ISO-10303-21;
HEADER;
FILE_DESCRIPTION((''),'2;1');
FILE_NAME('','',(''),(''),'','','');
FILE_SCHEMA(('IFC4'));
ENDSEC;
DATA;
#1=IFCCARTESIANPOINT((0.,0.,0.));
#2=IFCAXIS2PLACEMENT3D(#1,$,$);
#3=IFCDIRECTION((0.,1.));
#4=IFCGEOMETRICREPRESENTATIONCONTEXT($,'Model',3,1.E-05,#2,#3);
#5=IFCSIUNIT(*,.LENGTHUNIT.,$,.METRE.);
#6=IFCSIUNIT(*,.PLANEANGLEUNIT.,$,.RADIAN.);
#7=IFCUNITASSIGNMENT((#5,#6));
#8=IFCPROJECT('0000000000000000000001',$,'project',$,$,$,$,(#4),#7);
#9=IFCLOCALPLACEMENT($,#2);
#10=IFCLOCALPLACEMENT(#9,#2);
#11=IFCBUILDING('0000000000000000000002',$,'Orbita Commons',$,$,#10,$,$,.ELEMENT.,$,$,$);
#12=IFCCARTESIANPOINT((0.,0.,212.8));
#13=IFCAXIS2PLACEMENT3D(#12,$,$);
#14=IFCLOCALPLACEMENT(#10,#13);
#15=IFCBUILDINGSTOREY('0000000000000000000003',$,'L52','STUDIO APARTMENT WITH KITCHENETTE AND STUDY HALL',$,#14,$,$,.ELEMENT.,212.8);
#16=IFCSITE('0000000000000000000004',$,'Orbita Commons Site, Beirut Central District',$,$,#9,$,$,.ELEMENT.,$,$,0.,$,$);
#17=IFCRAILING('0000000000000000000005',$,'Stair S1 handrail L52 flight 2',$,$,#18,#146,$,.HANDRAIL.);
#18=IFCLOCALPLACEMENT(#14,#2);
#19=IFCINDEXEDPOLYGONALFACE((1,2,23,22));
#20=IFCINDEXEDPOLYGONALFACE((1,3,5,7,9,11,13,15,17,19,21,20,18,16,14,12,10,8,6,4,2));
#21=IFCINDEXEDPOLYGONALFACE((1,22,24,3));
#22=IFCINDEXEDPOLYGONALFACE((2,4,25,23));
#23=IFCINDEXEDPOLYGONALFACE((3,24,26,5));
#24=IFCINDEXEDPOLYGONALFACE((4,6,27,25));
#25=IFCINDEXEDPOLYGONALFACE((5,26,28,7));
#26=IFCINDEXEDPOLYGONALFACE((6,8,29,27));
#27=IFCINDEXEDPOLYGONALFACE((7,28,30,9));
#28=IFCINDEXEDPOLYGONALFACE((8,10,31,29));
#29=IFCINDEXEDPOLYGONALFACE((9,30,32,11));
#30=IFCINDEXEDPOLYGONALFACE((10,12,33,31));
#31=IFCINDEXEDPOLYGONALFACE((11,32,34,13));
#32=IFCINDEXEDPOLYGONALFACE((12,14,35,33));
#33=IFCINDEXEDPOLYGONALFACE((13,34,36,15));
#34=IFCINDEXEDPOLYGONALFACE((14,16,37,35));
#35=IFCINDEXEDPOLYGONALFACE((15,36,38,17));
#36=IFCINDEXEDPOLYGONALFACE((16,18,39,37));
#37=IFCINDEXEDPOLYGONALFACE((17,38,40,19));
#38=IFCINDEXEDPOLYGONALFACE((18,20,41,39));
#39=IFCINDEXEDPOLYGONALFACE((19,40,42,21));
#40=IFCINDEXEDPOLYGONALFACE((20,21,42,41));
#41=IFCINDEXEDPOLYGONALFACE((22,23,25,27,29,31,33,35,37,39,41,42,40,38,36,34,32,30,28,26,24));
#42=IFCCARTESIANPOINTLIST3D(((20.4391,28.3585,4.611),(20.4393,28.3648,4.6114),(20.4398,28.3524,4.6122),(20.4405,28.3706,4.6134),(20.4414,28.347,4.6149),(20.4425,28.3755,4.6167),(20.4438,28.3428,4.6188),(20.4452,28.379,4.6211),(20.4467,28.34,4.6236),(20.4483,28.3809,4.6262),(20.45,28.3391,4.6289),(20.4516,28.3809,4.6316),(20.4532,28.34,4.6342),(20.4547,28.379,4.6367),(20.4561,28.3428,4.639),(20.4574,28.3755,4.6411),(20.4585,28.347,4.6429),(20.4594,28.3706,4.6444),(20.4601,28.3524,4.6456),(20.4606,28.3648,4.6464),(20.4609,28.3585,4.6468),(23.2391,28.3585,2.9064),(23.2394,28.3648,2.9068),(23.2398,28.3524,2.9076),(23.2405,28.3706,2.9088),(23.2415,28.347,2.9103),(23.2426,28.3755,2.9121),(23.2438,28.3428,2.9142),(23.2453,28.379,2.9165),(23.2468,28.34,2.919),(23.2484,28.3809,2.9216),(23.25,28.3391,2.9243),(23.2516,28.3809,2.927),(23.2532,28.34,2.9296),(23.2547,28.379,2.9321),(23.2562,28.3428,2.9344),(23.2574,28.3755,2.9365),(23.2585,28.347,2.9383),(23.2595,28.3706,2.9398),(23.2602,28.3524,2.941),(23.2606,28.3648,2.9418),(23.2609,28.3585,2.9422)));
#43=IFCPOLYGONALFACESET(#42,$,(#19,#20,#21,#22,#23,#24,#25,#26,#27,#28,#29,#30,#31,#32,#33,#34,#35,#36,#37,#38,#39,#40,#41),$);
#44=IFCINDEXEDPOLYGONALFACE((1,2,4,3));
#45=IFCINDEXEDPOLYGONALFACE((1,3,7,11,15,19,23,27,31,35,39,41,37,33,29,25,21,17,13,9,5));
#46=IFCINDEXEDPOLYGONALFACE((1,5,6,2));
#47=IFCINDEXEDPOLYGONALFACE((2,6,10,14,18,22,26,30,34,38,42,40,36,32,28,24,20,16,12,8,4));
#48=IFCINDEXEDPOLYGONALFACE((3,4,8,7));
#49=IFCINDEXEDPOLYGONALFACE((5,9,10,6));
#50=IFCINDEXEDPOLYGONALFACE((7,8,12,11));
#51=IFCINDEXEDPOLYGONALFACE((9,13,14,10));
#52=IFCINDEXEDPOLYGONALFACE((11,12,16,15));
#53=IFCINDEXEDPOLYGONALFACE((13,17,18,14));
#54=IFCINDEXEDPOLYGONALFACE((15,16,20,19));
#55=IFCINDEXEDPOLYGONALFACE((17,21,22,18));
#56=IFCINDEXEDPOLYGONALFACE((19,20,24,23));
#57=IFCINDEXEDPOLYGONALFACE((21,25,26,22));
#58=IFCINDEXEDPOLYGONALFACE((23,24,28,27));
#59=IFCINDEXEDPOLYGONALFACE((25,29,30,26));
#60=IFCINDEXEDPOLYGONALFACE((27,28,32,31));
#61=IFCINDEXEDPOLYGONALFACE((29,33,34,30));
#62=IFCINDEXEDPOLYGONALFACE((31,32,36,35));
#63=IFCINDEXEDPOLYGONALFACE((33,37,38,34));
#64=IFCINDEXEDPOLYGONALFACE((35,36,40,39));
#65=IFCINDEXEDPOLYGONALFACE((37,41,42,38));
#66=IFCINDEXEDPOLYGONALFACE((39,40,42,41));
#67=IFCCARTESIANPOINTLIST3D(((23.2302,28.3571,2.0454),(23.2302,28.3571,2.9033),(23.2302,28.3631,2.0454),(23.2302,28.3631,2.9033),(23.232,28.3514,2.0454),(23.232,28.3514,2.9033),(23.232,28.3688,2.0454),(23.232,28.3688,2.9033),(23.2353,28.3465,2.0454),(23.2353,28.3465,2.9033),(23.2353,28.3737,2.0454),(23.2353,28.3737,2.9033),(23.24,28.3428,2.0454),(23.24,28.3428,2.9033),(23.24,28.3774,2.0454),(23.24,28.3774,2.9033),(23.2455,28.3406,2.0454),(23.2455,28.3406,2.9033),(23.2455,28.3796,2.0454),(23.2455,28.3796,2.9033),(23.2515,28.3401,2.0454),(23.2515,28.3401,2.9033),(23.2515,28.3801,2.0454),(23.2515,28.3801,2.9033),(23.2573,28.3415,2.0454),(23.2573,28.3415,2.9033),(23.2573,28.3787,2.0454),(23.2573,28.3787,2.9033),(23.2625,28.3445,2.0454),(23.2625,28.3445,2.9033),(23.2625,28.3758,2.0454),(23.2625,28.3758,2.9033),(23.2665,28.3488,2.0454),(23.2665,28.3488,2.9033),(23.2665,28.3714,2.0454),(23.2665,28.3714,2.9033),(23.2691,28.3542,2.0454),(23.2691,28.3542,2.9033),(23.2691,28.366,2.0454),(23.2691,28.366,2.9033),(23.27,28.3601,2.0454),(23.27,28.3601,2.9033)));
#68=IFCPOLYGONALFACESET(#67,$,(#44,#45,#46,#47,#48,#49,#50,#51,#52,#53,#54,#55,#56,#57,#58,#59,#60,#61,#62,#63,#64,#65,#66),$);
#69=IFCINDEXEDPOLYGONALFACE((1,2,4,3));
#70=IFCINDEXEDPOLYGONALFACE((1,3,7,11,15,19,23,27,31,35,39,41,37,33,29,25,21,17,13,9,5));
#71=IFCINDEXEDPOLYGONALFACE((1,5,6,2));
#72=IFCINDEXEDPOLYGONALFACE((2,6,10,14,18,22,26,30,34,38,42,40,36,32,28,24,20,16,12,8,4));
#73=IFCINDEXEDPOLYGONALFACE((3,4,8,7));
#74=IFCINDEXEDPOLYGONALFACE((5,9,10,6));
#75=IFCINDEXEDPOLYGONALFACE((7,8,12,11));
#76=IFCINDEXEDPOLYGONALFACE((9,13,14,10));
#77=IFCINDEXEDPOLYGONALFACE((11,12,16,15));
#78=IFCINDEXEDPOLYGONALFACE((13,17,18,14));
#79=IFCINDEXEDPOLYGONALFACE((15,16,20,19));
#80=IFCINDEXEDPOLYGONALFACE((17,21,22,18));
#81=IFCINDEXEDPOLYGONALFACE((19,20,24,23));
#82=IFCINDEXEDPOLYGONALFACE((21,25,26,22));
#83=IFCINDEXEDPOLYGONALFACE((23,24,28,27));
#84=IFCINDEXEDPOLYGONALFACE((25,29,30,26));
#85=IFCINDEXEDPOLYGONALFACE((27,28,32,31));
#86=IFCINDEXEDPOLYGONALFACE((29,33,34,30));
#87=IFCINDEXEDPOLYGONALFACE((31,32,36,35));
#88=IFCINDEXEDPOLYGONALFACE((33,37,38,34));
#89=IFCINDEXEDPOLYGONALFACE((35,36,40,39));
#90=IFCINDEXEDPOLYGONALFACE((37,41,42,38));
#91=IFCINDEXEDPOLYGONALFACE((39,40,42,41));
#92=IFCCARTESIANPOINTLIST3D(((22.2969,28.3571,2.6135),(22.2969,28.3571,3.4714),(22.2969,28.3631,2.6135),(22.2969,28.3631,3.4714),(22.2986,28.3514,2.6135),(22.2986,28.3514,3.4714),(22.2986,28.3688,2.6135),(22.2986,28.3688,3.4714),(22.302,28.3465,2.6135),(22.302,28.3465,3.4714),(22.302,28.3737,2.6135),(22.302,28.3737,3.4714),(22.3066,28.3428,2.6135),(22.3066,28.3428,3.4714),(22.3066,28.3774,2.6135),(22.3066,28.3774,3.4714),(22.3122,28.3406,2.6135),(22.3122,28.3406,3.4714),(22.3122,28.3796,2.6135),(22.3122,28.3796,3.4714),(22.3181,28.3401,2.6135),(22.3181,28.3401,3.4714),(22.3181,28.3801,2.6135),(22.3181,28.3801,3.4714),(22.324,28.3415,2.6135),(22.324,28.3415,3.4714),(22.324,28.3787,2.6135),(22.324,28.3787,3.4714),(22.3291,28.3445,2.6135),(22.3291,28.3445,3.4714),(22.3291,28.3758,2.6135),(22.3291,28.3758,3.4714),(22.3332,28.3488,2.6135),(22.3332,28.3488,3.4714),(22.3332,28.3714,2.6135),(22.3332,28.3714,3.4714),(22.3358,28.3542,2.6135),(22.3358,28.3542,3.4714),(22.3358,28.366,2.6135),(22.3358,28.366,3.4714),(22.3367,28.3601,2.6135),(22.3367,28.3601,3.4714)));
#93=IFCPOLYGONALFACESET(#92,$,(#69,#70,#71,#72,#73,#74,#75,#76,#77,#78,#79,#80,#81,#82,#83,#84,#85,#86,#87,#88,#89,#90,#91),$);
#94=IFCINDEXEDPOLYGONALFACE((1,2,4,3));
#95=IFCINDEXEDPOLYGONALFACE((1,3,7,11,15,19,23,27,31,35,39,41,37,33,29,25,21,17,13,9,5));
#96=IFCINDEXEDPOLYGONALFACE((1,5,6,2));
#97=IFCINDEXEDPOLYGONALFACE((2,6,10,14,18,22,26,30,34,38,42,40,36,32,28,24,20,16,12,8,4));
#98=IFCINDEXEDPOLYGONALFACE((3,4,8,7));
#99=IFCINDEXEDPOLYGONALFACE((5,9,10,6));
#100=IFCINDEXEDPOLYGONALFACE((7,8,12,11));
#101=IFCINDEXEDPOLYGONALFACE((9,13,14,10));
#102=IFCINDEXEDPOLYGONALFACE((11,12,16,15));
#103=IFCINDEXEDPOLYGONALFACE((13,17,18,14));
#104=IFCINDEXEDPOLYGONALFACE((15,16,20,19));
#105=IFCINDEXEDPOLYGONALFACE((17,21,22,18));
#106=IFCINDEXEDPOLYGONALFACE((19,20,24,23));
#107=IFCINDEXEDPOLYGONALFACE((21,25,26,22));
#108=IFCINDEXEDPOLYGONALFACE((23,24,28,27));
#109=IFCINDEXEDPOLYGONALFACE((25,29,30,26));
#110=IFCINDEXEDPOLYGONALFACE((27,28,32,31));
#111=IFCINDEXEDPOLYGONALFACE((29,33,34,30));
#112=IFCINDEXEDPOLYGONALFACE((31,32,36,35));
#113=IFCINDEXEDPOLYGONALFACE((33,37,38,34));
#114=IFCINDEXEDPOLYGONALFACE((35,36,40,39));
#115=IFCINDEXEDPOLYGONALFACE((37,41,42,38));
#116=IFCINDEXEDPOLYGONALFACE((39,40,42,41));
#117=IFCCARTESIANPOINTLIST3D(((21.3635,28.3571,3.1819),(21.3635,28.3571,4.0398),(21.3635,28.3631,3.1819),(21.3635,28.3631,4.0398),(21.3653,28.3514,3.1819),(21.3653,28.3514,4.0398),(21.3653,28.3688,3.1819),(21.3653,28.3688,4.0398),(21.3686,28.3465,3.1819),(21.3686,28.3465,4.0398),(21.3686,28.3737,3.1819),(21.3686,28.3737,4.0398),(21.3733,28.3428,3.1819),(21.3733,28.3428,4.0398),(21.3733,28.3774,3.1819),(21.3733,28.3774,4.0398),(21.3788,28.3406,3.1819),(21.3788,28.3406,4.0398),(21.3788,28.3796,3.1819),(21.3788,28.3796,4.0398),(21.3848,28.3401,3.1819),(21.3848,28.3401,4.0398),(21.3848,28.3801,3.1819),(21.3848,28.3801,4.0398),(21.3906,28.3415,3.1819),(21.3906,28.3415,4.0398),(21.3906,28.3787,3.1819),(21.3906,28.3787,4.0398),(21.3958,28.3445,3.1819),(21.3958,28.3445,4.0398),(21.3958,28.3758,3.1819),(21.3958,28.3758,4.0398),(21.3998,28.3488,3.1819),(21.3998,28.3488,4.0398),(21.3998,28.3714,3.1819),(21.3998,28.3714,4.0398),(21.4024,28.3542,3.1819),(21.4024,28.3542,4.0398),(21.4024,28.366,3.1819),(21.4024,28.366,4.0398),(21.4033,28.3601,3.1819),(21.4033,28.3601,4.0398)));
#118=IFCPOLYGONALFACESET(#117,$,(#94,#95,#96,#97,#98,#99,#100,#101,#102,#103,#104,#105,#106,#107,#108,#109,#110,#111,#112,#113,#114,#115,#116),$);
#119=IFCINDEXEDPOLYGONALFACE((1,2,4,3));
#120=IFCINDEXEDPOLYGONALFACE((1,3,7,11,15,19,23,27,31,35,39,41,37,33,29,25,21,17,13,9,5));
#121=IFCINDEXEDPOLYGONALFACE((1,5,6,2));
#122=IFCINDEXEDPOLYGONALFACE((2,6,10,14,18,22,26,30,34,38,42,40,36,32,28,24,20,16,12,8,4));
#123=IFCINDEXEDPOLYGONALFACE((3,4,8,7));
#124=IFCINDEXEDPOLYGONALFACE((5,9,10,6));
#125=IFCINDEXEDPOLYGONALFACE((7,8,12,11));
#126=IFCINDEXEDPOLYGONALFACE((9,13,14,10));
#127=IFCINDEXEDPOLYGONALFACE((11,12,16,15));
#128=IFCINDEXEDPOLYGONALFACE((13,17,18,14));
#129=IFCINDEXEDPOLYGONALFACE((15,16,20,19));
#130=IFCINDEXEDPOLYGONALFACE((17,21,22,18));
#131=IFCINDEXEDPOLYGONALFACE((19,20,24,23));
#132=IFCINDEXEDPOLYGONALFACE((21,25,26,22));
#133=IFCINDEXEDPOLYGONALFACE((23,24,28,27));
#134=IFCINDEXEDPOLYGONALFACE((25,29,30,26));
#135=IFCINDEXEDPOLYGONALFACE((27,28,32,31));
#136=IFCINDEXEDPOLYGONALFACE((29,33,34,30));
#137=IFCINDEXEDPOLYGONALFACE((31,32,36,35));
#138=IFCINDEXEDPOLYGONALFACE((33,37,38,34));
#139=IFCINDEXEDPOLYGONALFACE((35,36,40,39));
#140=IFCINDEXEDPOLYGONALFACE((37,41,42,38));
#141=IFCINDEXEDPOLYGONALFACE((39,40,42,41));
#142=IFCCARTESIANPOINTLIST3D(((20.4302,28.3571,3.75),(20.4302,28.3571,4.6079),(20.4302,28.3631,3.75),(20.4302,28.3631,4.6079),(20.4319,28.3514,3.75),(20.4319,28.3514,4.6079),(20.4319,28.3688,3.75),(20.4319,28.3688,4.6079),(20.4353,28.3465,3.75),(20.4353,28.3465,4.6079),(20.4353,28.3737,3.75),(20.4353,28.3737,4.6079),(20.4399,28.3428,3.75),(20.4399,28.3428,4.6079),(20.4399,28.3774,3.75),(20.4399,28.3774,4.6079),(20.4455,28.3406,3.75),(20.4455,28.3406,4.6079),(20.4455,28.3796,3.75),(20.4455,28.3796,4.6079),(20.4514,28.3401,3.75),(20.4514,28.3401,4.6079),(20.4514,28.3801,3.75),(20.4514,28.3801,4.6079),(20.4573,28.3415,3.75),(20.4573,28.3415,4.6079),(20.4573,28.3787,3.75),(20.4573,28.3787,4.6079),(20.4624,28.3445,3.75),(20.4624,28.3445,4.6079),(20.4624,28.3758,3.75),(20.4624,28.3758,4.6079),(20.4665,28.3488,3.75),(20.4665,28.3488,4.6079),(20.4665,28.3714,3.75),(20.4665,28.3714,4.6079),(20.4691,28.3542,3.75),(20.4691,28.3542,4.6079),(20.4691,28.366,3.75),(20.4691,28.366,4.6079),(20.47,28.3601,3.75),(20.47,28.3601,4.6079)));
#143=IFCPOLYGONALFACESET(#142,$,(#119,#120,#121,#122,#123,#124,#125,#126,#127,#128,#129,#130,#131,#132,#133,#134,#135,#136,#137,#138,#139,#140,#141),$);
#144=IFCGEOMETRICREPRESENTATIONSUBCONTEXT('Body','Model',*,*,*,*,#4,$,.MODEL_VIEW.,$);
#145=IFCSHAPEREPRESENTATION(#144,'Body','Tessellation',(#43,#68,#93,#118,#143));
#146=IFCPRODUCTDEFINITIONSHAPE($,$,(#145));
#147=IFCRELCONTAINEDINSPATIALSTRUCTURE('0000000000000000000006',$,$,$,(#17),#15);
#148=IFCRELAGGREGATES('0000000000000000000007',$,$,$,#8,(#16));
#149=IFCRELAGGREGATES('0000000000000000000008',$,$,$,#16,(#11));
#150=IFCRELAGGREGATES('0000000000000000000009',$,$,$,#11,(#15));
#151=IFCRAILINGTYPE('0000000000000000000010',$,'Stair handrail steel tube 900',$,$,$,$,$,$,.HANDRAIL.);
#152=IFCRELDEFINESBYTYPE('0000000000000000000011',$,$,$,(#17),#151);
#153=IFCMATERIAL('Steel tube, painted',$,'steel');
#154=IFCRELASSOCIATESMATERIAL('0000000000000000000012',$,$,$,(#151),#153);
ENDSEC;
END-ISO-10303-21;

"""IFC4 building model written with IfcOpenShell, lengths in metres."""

from ifc_helpers import new_model, si_unit, direction, frame, origin, origin_2d, place, context, subcontext, project, spatial, circle, extrude, material, type_object, element, save


model = new_model("IFC4")

# Units and contexts
model_context = context("Model", 3, precision=1e-05, world=origin(), true_north=direction((0.0, 1.0)))
body_context = subcontext(model_context, "Body", "Model", "MODEL_VIEW")
ifc_project = project(units=[si_unit("LENGTHUNIT", "METRE"), si_unit("PLANEANGLEUNIT", "RADIAN")], contexts=[model_context])

# Site, building, storey
site_placement = place(None, origin())
site = spatial("IfcSite", under=ifc_project, at=site_placement, Name="Orbita Commons Site, Beirut Central District", CompositionType="ELEMENT", RefElevation=0.0)
building_placement = place(site_placement, origin())
building = spatial("IfcBuilding", under=site, at=building_placement, Name="Orbita Commons", CompositionType="ELEMENT")
storey_placement = place(building_placement, frame((0.0, 0.0, 212.8)))
storey = spatial("IfcBuildingStorey", under=building, at=storey_placement, Name="L52", Description="STUDIO APARTMENT WITH KITCHENETTE AND STUDY HALL", CompositionType="ELEMENT", Elevation=212.8)

# Railing
ifc_material_1 = material(Name="Steel tube, painted", Category="steel")
railing_type = type_object("IfcRailingType", Name="Stair handrail steel tube 900", PredefinedType="HANDRAIL", material=ifc_material_1)
for number, where, name in (
    (1, (23.25, 28.3601, 2.0454), "Stair S1 handrail L52 flight 2"),
):
    element("IfcRailing", number, at=place(storey_placement, frame(where)), inside=storey, type_object=railing_type, Name=name, PredefinedType="HANDRAIL", context=body_context, shape_type="SweptSolid", body=[
        extrude(circle(Radius=0.021, at=origin_2d()), frame((0.0, 0.0, 0.8789), z_axis=(-0.85417, 0.0, 0.519994), x_axis=(0.0, -1.0, 0.0)), (0.0, 0.0, 1.0), 3.2781),
        extrude(circle(Radius=0.02, at=origin_2d()), origin(), (0.0, 0.0, 1.0), 0.8579),
        extrude(circle(Radius=0.02, at=origin_2d()), frame((-0.9333, 0.0, 0.5681)), (0.0, 0.0, 1.0), 0.8579),
        extrude(circle(Radius=0.02, at=origin_2d()), frame((-1.8667, 0.0, 1.1365)), (0.0, 0.0, 1.0), 0.8579),
        extrude(circle(Radius=0.02, at=origin_2d()), frame((-2.8, 0.0, 1.7046)), (0.0, 0.0, 1.0), 0.8579),
    ])

save(model, "model.ifc")
